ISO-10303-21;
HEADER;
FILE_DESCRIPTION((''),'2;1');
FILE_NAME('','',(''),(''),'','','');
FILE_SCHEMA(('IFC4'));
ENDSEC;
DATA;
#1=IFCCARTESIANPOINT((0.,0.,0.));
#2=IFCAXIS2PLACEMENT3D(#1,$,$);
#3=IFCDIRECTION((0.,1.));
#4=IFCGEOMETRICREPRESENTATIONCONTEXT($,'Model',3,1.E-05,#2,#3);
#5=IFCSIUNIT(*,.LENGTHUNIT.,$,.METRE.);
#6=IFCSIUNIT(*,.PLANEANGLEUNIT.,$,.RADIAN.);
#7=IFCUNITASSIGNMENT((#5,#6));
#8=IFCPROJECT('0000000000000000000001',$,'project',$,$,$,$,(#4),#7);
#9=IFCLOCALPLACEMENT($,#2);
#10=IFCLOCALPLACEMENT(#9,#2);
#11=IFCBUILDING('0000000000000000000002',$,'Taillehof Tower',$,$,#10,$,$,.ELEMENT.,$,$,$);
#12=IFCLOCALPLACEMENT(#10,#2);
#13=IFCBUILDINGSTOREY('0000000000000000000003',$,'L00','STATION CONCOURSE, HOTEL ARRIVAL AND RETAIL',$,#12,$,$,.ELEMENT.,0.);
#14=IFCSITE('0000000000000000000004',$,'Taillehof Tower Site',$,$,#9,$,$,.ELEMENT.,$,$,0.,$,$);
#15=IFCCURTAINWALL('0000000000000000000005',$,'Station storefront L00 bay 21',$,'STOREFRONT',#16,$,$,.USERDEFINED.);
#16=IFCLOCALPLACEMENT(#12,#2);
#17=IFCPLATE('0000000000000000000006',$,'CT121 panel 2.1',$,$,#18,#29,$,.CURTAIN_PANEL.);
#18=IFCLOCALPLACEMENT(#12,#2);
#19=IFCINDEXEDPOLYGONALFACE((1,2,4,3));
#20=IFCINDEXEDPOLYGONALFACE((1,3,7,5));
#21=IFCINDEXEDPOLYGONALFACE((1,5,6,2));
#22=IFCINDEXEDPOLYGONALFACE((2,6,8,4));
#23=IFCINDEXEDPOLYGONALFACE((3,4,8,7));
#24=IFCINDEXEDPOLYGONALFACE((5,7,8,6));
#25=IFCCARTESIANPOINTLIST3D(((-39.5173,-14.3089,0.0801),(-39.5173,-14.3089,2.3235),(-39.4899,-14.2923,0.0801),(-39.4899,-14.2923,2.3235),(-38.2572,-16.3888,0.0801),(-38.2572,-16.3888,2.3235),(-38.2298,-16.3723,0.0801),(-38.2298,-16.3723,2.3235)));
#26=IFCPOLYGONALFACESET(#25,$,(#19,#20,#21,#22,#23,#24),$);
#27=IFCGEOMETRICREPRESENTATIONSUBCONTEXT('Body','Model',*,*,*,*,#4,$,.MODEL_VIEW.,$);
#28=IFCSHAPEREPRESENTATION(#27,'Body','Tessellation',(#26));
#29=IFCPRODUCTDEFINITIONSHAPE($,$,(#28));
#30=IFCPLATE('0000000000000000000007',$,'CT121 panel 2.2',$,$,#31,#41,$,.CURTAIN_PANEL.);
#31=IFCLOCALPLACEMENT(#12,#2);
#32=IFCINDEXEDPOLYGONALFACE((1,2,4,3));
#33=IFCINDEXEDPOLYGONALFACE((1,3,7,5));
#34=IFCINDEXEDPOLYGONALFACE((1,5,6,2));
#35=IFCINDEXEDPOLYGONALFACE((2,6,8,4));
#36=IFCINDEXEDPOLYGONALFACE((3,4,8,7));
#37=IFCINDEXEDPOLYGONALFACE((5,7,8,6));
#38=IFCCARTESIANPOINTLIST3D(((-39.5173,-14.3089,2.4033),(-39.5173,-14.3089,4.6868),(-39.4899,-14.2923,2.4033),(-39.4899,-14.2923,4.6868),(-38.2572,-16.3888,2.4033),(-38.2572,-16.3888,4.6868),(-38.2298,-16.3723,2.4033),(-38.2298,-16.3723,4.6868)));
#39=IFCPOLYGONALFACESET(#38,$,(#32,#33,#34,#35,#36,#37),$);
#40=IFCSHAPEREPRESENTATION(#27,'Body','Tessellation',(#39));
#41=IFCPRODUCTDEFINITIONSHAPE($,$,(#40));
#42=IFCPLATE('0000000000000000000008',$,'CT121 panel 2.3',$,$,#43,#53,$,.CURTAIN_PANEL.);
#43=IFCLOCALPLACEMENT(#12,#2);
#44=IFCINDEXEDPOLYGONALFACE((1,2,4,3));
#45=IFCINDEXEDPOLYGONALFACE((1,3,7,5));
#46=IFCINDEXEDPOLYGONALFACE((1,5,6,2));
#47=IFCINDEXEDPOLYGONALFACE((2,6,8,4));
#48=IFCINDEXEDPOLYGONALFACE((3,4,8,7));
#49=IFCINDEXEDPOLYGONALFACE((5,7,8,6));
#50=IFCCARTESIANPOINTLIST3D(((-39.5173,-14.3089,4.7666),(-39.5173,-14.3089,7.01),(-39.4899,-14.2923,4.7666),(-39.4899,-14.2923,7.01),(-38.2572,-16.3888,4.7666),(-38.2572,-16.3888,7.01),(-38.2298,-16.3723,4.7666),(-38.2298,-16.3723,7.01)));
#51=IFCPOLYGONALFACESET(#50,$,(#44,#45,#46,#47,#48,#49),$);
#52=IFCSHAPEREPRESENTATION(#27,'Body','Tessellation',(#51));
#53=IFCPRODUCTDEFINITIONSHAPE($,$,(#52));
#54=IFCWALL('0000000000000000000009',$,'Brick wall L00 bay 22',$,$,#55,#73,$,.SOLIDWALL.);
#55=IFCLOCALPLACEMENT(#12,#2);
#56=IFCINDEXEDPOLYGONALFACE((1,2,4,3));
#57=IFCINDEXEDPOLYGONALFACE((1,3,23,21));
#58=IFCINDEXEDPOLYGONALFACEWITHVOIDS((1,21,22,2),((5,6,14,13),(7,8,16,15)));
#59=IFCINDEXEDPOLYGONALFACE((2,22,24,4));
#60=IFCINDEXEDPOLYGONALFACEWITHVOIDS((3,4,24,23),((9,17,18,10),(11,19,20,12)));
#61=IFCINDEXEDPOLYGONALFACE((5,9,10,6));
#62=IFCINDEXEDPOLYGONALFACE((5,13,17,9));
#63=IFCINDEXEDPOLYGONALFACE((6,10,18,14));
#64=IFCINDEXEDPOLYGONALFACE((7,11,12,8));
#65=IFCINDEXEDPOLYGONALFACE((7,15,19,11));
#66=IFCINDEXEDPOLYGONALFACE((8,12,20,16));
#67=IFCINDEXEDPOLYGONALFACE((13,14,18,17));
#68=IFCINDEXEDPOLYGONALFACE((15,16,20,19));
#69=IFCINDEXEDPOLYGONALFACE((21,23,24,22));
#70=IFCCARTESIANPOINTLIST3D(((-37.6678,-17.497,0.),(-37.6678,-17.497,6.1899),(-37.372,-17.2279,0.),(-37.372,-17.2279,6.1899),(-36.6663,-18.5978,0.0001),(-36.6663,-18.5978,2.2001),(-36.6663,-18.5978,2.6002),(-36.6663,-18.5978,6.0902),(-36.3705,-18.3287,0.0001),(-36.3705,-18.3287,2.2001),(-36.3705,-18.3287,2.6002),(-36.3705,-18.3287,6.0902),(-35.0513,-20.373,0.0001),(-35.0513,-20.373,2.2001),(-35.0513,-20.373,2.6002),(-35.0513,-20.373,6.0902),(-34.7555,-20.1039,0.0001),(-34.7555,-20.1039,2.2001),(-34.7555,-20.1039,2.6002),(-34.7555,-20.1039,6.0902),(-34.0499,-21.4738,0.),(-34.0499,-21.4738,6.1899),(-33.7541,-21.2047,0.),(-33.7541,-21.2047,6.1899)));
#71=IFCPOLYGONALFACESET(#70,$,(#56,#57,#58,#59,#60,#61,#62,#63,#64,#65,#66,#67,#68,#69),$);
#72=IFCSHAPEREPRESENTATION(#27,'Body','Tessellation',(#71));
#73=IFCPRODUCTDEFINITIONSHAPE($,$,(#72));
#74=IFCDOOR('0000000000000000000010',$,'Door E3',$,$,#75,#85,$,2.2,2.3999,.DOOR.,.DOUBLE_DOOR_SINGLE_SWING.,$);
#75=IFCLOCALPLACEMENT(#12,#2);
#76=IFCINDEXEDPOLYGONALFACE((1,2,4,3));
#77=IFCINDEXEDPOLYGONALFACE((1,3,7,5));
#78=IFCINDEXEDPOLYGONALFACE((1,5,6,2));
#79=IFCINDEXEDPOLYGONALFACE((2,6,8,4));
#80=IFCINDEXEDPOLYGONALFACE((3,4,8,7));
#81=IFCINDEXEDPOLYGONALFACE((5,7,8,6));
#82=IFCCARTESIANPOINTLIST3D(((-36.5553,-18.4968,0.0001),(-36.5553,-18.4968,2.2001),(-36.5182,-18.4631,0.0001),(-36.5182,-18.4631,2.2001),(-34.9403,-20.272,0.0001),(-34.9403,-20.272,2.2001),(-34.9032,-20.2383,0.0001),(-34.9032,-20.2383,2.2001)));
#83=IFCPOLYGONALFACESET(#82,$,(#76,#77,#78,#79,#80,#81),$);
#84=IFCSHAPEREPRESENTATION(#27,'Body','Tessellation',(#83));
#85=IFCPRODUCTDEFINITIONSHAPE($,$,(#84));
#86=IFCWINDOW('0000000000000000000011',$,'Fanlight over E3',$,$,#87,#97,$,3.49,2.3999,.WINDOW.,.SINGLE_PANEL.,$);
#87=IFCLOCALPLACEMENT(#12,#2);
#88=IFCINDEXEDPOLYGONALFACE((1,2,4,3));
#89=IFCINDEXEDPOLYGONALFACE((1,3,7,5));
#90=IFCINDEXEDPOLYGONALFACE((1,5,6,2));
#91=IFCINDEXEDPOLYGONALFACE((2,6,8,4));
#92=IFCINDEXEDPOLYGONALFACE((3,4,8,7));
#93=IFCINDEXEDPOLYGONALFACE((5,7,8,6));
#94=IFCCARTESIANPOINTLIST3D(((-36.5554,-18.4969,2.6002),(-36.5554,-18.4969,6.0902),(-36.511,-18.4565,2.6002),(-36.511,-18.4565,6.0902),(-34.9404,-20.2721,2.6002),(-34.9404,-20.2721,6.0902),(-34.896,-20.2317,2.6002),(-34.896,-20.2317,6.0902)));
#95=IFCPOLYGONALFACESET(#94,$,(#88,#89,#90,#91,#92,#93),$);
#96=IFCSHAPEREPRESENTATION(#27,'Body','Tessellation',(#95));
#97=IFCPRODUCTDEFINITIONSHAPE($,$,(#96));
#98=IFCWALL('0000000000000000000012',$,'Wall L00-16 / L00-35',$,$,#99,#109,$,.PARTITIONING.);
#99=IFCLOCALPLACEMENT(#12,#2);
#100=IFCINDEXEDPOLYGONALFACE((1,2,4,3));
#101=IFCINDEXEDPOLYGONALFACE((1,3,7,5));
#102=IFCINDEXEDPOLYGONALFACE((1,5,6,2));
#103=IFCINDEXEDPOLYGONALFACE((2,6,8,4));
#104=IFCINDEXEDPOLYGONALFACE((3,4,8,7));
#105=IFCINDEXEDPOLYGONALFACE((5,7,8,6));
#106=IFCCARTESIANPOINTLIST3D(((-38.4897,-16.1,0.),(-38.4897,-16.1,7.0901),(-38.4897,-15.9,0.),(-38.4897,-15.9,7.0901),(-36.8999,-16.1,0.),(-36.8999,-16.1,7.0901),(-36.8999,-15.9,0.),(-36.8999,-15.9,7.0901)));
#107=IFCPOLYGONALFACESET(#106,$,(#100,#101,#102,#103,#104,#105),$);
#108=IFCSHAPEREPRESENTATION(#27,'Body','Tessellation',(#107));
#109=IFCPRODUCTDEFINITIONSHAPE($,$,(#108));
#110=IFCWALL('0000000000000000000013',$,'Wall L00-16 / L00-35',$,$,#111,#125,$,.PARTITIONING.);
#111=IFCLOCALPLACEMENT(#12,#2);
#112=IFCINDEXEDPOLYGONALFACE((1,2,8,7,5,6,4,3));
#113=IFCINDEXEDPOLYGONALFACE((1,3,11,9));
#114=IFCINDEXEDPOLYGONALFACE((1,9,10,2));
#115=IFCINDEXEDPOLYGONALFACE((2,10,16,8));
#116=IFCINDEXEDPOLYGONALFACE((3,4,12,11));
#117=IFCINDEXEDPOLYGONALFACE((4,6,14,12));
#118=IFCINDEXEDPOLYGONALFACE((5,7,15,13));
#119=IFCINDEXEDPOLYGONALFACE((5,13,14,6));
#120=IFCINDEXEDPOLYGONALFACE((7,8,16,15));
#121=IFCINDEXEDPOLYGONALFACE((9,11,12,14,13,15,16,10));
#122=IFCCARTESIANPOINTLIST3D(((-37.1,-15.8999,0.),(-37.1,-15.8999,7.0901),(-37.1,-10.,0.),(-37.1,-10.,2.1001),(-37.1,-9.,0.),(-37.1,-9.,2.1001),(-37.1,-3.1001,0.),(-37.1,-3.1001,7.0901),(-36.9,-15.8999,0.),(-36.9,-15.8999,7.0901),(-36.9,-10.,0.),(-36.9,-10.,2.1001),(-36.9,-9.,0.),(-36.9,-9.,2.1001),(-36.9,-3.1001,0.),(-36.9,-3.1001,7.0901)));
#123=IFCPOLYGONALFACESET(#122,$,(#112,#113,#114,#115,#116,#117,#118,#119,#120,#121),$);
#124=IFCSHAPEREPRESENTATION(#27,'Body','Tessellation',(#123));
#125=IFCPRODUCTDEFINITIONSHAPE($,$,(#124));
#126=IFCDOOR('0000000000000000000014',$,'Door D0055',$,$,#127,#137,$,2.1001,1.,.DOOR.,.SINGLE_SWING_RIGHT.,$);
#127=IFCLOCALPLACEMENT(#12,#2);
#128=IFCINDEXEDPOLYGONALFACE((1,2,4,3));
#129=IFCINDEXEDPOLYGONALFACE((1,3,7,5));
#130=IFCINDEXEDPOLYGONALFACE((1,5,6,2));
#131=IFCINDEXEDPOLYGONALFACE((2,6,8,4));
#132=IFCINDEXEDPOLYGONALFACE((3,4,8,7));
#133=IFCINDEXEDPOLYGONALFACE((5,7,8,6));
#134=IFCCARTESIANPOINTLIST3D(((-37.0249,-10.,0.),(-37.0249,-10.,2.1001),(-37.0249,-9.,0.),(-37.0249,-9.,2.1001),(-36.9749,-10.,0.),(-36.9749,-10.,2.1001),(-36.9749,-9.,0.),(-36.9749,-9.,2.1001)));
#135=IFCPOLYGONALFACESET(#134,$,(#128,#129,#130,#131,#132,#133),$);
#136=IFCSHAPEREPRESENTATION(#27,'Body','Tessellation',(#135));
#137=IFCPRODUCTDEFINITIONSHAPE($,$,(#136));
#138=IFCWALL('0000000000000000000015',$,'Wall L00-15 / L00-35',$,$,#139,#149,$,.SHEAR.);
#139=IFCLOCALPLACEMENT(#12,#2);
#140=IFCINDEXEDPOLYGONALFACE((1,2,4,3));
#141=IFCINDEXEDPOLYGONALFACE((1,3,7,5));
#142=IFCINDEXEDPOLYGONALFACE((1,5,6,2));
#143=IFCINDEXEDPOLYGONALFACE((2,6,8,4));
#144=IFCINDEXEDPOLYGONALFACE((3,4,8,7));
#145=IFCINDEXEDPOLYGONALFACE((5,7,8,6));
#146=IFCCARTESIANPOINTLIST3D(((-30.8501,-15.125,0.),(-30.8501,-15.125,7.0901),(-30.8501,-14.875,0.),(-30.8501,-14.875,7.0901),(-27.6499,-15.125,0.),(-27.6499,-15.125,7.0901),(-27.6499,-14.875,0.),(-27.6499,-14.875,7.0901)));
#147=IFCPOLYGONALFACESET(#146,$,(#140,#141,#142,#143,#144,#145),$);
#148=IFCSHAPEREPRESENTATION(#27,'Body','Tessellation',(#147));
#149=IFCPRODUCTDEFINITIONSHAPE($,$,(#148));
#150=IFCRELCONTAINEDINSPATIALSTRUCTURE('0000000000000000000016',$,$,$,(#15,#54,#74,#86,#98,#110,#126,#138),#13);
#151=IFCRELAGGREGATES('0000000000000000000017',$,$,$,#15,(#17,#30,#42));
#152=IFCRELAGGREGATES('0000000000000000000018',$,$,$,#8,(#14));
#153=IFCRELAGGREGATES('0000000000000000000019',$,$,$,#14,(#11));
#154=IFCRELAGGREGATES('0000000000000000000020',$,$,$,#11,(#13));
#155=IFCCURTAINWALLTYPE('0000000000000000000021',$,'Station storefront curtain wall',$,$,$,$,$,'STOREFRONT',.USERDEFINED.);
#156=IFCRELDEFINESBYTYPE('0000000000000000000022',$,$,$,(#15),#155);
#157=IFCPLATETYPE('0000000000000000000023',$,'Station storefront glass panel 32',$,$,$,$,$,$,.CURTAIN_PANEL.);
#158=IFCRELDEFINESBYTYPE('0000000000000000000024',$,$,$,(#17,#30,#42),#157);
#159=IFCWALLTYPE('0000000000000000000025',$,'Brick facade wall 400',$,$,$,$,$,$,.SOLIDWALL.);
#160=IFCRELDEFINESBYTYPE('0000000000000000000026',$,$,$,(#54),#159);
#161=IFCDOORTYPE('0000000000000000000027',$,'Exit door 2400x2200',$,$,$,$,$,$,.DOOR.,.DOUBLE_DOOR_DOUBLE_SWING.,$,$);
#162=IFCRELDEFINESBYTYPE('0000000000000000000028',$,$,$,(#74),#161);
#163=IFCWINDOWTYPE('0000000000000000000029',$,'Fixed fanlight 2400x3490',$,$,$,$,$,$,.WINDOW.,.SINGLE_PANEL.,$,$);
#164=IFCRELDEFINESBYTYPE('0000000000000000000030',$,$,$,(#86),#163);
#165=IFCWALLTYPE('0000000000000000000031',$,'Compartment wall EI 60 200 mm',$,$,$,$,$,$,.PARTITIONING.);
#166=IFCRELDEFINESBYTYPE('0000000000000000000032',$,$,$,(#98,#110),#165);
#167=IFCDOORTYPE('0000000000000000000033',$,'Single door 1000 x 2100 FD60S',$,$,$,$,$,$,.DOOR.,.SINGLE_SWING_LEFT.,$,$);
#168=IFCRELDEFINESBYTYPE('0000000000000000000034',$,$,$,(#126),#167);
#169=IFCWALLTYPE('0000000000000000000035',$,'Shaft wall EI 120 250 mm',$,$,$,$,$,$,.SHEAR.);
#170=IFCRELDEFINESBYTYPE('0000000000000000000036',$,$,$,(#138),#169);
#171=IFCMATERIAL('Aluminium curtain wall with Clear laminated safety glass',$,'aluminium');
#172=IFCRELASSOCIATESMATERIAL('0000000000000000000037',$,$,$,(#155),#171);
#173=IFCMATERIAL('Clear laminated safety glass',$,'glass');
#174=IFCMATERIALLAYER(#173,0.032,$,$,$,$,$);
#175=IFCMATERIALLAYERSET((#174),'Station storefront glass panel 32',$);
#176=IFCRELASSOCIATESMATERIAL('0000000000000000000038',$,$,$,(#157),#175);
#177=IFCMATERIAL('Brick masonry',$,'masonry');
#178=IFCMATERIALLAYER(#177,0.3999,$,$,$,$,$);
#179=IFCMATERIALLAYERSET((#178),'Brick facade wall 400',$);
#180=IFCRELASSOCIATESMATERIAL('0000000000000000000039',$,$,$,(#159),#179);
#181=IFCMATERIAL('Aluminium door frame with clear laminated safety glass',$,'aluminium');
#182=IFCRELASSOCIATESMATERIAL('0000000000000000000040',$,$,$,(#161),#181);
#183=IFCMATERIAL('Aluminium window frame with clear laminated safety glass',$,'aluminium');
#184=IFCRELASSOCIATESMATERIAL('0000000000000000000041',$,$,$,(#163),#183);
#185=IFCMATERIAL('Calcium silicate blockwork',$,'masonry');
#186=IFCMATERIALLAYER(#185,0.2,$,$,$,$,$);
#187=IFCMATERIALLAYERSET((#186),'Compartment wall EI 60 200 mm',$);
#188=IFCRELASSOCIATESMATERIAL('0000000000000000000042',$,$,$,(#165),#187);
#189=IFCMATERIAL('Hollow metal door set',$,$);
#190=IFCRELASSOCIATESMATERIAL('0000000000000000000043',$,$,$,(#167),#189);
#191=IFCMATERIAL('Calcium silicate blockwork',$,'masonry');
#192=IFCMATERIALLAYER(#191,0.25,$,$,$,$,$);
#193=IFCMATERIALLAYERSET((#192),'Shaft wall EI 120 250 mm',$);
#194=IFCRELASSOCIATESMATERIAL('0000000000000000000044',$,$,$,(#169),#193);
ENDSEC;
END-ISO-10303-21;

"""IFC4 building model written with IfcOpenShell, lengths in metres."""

from ifc_helpers import new_model, si_unit, direction, frame, frame_2d, origin, origin_2d, place, context, subcontext, project, spatial, rectangle, extrude, material, layer, layer_set, type_object, element, fill, aggregate, save


model = new_model("IFC4")

# Units and contexts
model_context = context("Model", 3, precision=1e-05, world=origin(), true_north=direction((0.0, 1.0)))
body_context = subcontext(model_context, "Body", "Model", "MODEL_VIEW")
ifc_project = project(units=[si_unit("LENGTHUNIT", "METRE"), si_unit("PLANEANGLEUNIT", "RADIAN")], contexts=[model_context])

# Site, building, storey
site_placement = place(None, origin())
site = spatial("IfcSite", under=ifc_project, at=site_placement, Name="Taillehof Tower Site", CompositionType="ELEMENT", RefElevation=0.0)
building_placement = place(site_placement, origin())
building = spatial("IfcBuilding", under=site, at=building_placement, Name="Taillehof Tower", CompositionType="ELEMENT")
storey_placement = place(building_placement, origin())
storey = spatial("IfcBuildingStorey", under=building, at=storey_placement, Name="L00", Description="STATION CONCOURSE, HOTEL ARRIVAL AND RETAIL", CompositionType="ELEMENT", Elevation=0.0)

# Curtain wall, plates
ifc_material_1 = material(Name="Aluminium curtain wall with Clear laminated safety glass", Category="aluminium")
curtain_wall_type = type_object("IfcCurtainWallType", Name="Station storefront curtain wall", ElementType="STOREFRONT", PredefinedType="USERDEFINED", material=ifc_material_1)
curtain_wall_placement = place(storey_placement, origin())
curtain_wall = element("IfcCurtainWall", 1, at=curtain_wall_placement, inside=storey, type_object=curtain_wall_type, Name="Station storefront L00 bay 21", ObjectType="STOREFRONT", PredefinedType="USERDEFINED")
ifc_material_2 = material(Name="Clear laminated safety glass", Category="glass")
ifc_layer_1 = layer(ifc_material_2, 0.032)
ifc_layer_set_1 = layer_set([ifc_layer_1], Name="Station storefront glass panel 32")
plate_type = type_object("IfcPlateType", Name="Station storefront glass panel 32", PredefinedType="CURTAIN_PANEL", material=ifc_layer_set_1)
plate_1_placement = place(storey_placement, frame((-38.8735, -15.3406, 0.0801), z_axis=(0.0, 0.0, 1.0), x_axis=(0.518151, -0.855289, 0.0)))
plate_1 = element("IfcPlate", 2, at=plate_1_placement, type_object=plate_type, Name="CT121 panel 2.1", PredefinedType="CURTAIN_PANEL", context=body_context, shape_type="SweptSolid", body=[
    extrude(rectangle(XDim=2.4319, YDim=0.032, at=origin_2d()), origin(), (0.0, 0.0, 1.0), 2.2434),
])
plate_2_placement = place(storey_placement, frame((-38.8735, -15.3406, 2.4033), z_axis=(0.0, 0.0, 1.0), x_axis=(0.518151, -0.855289, 0.0)))
plate_2 = element("IfcPlate", 3, at=plate_2_placement, type_object=plate_type, Name="CT121 panel 2.2", PredefinedType="CURTAIN_PANEL", context=body_context, shape_type="SweptSolid", body=[
    extrude(rectangle(XDim=2.4319, YDim=0.032, at=origin_2d()), origin(), (0.0, 0.0, 1.0), 2.2834),
])
plate_3_placement = place(storey_placement, frame((-38.8735, -15.3406, 4.7666), z_axis=(0.0, 0.0, 1.0), x_axis=(0.518151, -0.855289, 0.0)))
plate_3 = element("IfcPlate", 4, at=plate_3_placement, type_object=plate_type, Name="CT121 panel 2.3", PredefinedType="CURTAIN_PANEL", context=body_context, shape_type="SweptSolid", body=[
    extrude(rectangle(XDim=2.4319, YDim=0.032, at=origin_2d()), origin(), (0.0, 0.0, 1.0), 2.2434),
])
aggregate(curtain_wall, [plate_1, plate_2, plate_3])

# Wall, openings, door, window
ifc_material_3 = material(Name="Brick masonry", Category="masonry")
ifc_layer_2 = layer(ifc_material_3, 0.3999)
ifc_layer_set_2 = layer_set([ifc_layer_2], Name="Brick facade wall 400")
wall_type_1 = type_object("IfcWallType", Name="Brick facade wall 400", PredefinedType="SOLIDWALL", material=ifc_layer_set_2)
wall_1_placement = place(storey_placement, frame((-37.5198, -17.3625, 0.0), z_axis=(0.0, 0.0, 1.0), x_axis=(0.672942, -0.739696, 0.0)))
wall_1 = element("IfcWall", 5, at=wall_1_placement, inside=storey, type_object=wall_type_1, Name="Brick wall L00 bay 22", PredefinedType="SOLIDWALL", context=body_context, shape_type="SweptSolid", body=[
    extrude(rectangle(XDim=5.3762, YDim=0.3999, at=frame_2d((2.688, 0.0))), origin(), (0.0, 0.0, 1.0), 6.1899),
])
opening_1_placement = place(wall_1_placement, frame((1.488, 0.0, 0.0)))
opening_1 = element("IfcOpeningElement", 6, at=opening_1_placement, cuts=wall_1, PredefinedType="OPENING", context=body_context, shape_type="SweptSolid", body=[
    extrude(rectangle(XDim=2.3999, YDim=2.2, at=frame_2d((1.2, 1.1001))), frame((0.0, 0.21, 0.0), z_axis=(0.0, -1.0, 0.0), x_axis=(1.0, 0.0, 0.0)), (0.0, 0.0, 1.0), 0.4199),
])
opening_2_placement = place(wall_1_placement, frame((1.488, 0.0, 2.6001)))
opening_2 = element("IfcOpeningElement", 7, at=opening_2_placement, cuts=wall_1, PredefinedType="OPENING", context=body_context, shape_type="SweptSolid", body=[
    extrude(rectangle(XDim=2.3999, YDim=3.49, at=frame_2d((1.2, 1.7451))), frame((0.0, 0.21, 0.0), z_axis=(0.0, -1.0, 0.0), x_axis=(1.0, 0.0, 0.0)), (0.0, 0.0, 1.0), 0.4199),
])
ifc_material_4 = material(Name="Aluminium door frame with clear laminated safety glass", Category="aluminium")
door_type_1 = type_object("IfcDoorType", Name="Exit door 2400x2200", OperationType="DOUBLE_DOOR_DOUBLE_SWING", PredefinedType="DOOR", material=ifc_material_4)
door_1_placement = place(opening_1_placement, frame((2.3999, 0.0, 0.0), z_axis=(0.0, 0.0, 1.0), x_axis=(-1.0, 0.0, 0.0)))
door_1 = element("IfcDoor", 8, at=door_1_placement, inside=storey, type_object=door_type_1, Name="Door E3", OperationType="DOUBLE_DOOR_SINGLE_SWING", OverallHeight=2.2, OverallWidth=2.3999, PredefinedType="DOOR", context=body_context, shape_type="SweptSolid", body=[
    extrude(rectangle(XDim=2.3999, YDim=2.2, at=frame_2d((1.2, 1.1001))), frame((0.0, 0.0498, 0.0), z_axis=(0.0, -1.0, 0.0), x_axis=(1.0, 0.0, 0.0)), (0.0, 0.0, 1.0), 0.05),
])
fill(opening_1, door_1)
ifc_material_5 = material(Name="Aluminium window frame with clear laminated safety glass", Category="aluminium")
window_type = type_object("IfcWindowType", Name="Fixed fanlight 2400x3490", PartitioningType="SINGLE_PANEL", PredefinedType="WINDOW", material=ifc_material_5)
window_placement = place(opening_2_placement, origin())
window = element("IfcWindow", 9, at=window_placement, inside=storey, type_object=window_type, Name="Fanlight over E3", OverallHeight=3.49, OverallWidth=2.3999, PartitioningType="SINGLE_PANEL", PredefinedType="WINDOW", context=body_context, shape_type="SweptSolid", body=[
    extrude(rectangle(XDim=2.3999, YDim=3.49, at=frame_2d((1.2, 1.7451))), frame((0.0, 0.01, 0.0), z_axis=(0.0, -1.0, 0.0), x_axis=(1.0, 0.0, 0.0)), (0.0, 0.0, 1.0), 0.0601),
])
fill(opening_2, window)

# Wall
ifc_material_6 = material(Name="Calcium silicate blockwork", Category="masonry")
ifc_layer_3 = layer(ifc_material_6, 0.2)
ifc_layer_set_3 = layer_set([ifc_layer_3], Name="Compartment wall EI 60 200 mm")
wall_type_2 = type_object("IfcWallType", Name="Compartment wall EI 60 200 mm", PredefinedType="PARTITIONING", material=ifc_layer_set_3)
wall_2_placement = place(storey_placement, frame((-38.4897, -16.0, 0.0), z_axis=(0.0, 0.0, 1.0), x_axis=(1.0, 0.0, 0.0)))
element("IfcWall", 10, at=wall_2_placement, inside=storey, type_object=wall_type_2, Name="Wall L00-16 / L00-35", PredefinedType="PARTITIONING", context=body_context, shape_type="SweptSolid", body=[
    extrude(rectangle(XDim=1.5898, YDim=0.2, at=frame_2d((0.7949, 0.0))), origin(), (0.0, 0.0, 1.0), 7.0901),
])

# Wall, opening, door
wall_3_placement = place(storey_placement, frame((-37.0, -15.8999, 0.0), z_axis=(0.0, 0.0, 1.0), x_axis=(0.0, 1.0, 0.0)))
wall_3 = element("IfcWall", 11, at=wall_3_placement, inside=storey, type_object=wall_type_2, Name="Wall L00-16 / L00-35", PredefinedType="PARTITIONING", context=body_context, shape_type="SweptSolid", body=[
    extrude(rectangle(XDim=12.7998, YDim=0.2, at=frame_2d((6.3999, 0.0))), origin(), (0.0, 0.0, 1.0), 7.0901),
])
opening_3_placement = place(wall_3_placement, frame((5.8999, 0.0, 0.0)))
opening_3 = element("IfcOpeningElement", 12, at=opening_3_placement, cuts=wall_3, PredefinedType="OPENING", context=body_context, shape_type="SweptSolid", body=[
    extrude(rectangle(XDim=1.0, YDim=2.1001, at=frame_2d((0.5, 1.05))), frame((0.0, 0.1099, 0.0), z_axis=(0.0, -1.0, 0.0), x_axis=(1.0, 0.0, 0.0)), (0.0, 0.0, 1.0), 0.22),
])
ifc_material_7 = material(Name="Hollow metal door set")
door_type_2 = type_object("IfcDoorType", Name="Single door 1000 x 2100 FD60S", OperationType="SINGLE_SWING_LEFT", PredefinedType="DOOR", material=ifc_material_7)
door_2_placement = place(opening_3_placement, origin())
door_2 = element("IfcDoor", 13, at=door_2_placement, inside=storey, type_object=door_type_2, Name="Door D0055", OperationType="SINGLE_SWING_RIGHT", OverallHeight=2.1001, OverallWidth=1.0, PredefinedType="DOOR", context=body_context, shape_type="SweptSolid", body=[
    extrude(rectangle(XDim=1.0, YDim=2.1001, at=frame_2d((0.5, 1.05))), frame((0.0, 0.0249, 0.0), z_axis=(0.0, -1.0, 0.0), x_axis=(1.0, 0.0, 0.0)), (0.0, 0.0, 1.0), 0.05),
])
fill(opening_3, door_2)

# Wall
ifc_material_8 = material(Name="Calcium silicate blockwork", Category="masonry")
ifc_layer_4 = layer(ifc_material_8, 0.25)
ifc_layer_set_4 = layer_set([ifc_layer_4], Name="Shaft wall EI 120 250 mm")
wall_type_3 = type_object("IfcWallType", Name="Shaft wall EI 120 250 mm", PredefinedType="SHEAR", material=ifc_layer_set_4)
wall_4_placement = place(storey_placement, frame((-30.8501, -15.0, 0.0), z_axis=(0.0, 0.0, 1.0), x_axis=(1.0, 0.0, 0.0)))
element("IfcWall", 14, at=wall_4_placement, inside=storey, type_object=wall_type_3, Name="Wall L00-15 / L00-35", PredefinedType="SHEAR", context=body_context, shape_type="SweptSolid", body=[
    extrude(rectangle(XDim=3.2002, YDim=0.25, at=frame_2d((1.6001, 0.0))), origin(), (0.0, 0.0, 1.0), 7.0901),
])

save(model, "model.ifc")
